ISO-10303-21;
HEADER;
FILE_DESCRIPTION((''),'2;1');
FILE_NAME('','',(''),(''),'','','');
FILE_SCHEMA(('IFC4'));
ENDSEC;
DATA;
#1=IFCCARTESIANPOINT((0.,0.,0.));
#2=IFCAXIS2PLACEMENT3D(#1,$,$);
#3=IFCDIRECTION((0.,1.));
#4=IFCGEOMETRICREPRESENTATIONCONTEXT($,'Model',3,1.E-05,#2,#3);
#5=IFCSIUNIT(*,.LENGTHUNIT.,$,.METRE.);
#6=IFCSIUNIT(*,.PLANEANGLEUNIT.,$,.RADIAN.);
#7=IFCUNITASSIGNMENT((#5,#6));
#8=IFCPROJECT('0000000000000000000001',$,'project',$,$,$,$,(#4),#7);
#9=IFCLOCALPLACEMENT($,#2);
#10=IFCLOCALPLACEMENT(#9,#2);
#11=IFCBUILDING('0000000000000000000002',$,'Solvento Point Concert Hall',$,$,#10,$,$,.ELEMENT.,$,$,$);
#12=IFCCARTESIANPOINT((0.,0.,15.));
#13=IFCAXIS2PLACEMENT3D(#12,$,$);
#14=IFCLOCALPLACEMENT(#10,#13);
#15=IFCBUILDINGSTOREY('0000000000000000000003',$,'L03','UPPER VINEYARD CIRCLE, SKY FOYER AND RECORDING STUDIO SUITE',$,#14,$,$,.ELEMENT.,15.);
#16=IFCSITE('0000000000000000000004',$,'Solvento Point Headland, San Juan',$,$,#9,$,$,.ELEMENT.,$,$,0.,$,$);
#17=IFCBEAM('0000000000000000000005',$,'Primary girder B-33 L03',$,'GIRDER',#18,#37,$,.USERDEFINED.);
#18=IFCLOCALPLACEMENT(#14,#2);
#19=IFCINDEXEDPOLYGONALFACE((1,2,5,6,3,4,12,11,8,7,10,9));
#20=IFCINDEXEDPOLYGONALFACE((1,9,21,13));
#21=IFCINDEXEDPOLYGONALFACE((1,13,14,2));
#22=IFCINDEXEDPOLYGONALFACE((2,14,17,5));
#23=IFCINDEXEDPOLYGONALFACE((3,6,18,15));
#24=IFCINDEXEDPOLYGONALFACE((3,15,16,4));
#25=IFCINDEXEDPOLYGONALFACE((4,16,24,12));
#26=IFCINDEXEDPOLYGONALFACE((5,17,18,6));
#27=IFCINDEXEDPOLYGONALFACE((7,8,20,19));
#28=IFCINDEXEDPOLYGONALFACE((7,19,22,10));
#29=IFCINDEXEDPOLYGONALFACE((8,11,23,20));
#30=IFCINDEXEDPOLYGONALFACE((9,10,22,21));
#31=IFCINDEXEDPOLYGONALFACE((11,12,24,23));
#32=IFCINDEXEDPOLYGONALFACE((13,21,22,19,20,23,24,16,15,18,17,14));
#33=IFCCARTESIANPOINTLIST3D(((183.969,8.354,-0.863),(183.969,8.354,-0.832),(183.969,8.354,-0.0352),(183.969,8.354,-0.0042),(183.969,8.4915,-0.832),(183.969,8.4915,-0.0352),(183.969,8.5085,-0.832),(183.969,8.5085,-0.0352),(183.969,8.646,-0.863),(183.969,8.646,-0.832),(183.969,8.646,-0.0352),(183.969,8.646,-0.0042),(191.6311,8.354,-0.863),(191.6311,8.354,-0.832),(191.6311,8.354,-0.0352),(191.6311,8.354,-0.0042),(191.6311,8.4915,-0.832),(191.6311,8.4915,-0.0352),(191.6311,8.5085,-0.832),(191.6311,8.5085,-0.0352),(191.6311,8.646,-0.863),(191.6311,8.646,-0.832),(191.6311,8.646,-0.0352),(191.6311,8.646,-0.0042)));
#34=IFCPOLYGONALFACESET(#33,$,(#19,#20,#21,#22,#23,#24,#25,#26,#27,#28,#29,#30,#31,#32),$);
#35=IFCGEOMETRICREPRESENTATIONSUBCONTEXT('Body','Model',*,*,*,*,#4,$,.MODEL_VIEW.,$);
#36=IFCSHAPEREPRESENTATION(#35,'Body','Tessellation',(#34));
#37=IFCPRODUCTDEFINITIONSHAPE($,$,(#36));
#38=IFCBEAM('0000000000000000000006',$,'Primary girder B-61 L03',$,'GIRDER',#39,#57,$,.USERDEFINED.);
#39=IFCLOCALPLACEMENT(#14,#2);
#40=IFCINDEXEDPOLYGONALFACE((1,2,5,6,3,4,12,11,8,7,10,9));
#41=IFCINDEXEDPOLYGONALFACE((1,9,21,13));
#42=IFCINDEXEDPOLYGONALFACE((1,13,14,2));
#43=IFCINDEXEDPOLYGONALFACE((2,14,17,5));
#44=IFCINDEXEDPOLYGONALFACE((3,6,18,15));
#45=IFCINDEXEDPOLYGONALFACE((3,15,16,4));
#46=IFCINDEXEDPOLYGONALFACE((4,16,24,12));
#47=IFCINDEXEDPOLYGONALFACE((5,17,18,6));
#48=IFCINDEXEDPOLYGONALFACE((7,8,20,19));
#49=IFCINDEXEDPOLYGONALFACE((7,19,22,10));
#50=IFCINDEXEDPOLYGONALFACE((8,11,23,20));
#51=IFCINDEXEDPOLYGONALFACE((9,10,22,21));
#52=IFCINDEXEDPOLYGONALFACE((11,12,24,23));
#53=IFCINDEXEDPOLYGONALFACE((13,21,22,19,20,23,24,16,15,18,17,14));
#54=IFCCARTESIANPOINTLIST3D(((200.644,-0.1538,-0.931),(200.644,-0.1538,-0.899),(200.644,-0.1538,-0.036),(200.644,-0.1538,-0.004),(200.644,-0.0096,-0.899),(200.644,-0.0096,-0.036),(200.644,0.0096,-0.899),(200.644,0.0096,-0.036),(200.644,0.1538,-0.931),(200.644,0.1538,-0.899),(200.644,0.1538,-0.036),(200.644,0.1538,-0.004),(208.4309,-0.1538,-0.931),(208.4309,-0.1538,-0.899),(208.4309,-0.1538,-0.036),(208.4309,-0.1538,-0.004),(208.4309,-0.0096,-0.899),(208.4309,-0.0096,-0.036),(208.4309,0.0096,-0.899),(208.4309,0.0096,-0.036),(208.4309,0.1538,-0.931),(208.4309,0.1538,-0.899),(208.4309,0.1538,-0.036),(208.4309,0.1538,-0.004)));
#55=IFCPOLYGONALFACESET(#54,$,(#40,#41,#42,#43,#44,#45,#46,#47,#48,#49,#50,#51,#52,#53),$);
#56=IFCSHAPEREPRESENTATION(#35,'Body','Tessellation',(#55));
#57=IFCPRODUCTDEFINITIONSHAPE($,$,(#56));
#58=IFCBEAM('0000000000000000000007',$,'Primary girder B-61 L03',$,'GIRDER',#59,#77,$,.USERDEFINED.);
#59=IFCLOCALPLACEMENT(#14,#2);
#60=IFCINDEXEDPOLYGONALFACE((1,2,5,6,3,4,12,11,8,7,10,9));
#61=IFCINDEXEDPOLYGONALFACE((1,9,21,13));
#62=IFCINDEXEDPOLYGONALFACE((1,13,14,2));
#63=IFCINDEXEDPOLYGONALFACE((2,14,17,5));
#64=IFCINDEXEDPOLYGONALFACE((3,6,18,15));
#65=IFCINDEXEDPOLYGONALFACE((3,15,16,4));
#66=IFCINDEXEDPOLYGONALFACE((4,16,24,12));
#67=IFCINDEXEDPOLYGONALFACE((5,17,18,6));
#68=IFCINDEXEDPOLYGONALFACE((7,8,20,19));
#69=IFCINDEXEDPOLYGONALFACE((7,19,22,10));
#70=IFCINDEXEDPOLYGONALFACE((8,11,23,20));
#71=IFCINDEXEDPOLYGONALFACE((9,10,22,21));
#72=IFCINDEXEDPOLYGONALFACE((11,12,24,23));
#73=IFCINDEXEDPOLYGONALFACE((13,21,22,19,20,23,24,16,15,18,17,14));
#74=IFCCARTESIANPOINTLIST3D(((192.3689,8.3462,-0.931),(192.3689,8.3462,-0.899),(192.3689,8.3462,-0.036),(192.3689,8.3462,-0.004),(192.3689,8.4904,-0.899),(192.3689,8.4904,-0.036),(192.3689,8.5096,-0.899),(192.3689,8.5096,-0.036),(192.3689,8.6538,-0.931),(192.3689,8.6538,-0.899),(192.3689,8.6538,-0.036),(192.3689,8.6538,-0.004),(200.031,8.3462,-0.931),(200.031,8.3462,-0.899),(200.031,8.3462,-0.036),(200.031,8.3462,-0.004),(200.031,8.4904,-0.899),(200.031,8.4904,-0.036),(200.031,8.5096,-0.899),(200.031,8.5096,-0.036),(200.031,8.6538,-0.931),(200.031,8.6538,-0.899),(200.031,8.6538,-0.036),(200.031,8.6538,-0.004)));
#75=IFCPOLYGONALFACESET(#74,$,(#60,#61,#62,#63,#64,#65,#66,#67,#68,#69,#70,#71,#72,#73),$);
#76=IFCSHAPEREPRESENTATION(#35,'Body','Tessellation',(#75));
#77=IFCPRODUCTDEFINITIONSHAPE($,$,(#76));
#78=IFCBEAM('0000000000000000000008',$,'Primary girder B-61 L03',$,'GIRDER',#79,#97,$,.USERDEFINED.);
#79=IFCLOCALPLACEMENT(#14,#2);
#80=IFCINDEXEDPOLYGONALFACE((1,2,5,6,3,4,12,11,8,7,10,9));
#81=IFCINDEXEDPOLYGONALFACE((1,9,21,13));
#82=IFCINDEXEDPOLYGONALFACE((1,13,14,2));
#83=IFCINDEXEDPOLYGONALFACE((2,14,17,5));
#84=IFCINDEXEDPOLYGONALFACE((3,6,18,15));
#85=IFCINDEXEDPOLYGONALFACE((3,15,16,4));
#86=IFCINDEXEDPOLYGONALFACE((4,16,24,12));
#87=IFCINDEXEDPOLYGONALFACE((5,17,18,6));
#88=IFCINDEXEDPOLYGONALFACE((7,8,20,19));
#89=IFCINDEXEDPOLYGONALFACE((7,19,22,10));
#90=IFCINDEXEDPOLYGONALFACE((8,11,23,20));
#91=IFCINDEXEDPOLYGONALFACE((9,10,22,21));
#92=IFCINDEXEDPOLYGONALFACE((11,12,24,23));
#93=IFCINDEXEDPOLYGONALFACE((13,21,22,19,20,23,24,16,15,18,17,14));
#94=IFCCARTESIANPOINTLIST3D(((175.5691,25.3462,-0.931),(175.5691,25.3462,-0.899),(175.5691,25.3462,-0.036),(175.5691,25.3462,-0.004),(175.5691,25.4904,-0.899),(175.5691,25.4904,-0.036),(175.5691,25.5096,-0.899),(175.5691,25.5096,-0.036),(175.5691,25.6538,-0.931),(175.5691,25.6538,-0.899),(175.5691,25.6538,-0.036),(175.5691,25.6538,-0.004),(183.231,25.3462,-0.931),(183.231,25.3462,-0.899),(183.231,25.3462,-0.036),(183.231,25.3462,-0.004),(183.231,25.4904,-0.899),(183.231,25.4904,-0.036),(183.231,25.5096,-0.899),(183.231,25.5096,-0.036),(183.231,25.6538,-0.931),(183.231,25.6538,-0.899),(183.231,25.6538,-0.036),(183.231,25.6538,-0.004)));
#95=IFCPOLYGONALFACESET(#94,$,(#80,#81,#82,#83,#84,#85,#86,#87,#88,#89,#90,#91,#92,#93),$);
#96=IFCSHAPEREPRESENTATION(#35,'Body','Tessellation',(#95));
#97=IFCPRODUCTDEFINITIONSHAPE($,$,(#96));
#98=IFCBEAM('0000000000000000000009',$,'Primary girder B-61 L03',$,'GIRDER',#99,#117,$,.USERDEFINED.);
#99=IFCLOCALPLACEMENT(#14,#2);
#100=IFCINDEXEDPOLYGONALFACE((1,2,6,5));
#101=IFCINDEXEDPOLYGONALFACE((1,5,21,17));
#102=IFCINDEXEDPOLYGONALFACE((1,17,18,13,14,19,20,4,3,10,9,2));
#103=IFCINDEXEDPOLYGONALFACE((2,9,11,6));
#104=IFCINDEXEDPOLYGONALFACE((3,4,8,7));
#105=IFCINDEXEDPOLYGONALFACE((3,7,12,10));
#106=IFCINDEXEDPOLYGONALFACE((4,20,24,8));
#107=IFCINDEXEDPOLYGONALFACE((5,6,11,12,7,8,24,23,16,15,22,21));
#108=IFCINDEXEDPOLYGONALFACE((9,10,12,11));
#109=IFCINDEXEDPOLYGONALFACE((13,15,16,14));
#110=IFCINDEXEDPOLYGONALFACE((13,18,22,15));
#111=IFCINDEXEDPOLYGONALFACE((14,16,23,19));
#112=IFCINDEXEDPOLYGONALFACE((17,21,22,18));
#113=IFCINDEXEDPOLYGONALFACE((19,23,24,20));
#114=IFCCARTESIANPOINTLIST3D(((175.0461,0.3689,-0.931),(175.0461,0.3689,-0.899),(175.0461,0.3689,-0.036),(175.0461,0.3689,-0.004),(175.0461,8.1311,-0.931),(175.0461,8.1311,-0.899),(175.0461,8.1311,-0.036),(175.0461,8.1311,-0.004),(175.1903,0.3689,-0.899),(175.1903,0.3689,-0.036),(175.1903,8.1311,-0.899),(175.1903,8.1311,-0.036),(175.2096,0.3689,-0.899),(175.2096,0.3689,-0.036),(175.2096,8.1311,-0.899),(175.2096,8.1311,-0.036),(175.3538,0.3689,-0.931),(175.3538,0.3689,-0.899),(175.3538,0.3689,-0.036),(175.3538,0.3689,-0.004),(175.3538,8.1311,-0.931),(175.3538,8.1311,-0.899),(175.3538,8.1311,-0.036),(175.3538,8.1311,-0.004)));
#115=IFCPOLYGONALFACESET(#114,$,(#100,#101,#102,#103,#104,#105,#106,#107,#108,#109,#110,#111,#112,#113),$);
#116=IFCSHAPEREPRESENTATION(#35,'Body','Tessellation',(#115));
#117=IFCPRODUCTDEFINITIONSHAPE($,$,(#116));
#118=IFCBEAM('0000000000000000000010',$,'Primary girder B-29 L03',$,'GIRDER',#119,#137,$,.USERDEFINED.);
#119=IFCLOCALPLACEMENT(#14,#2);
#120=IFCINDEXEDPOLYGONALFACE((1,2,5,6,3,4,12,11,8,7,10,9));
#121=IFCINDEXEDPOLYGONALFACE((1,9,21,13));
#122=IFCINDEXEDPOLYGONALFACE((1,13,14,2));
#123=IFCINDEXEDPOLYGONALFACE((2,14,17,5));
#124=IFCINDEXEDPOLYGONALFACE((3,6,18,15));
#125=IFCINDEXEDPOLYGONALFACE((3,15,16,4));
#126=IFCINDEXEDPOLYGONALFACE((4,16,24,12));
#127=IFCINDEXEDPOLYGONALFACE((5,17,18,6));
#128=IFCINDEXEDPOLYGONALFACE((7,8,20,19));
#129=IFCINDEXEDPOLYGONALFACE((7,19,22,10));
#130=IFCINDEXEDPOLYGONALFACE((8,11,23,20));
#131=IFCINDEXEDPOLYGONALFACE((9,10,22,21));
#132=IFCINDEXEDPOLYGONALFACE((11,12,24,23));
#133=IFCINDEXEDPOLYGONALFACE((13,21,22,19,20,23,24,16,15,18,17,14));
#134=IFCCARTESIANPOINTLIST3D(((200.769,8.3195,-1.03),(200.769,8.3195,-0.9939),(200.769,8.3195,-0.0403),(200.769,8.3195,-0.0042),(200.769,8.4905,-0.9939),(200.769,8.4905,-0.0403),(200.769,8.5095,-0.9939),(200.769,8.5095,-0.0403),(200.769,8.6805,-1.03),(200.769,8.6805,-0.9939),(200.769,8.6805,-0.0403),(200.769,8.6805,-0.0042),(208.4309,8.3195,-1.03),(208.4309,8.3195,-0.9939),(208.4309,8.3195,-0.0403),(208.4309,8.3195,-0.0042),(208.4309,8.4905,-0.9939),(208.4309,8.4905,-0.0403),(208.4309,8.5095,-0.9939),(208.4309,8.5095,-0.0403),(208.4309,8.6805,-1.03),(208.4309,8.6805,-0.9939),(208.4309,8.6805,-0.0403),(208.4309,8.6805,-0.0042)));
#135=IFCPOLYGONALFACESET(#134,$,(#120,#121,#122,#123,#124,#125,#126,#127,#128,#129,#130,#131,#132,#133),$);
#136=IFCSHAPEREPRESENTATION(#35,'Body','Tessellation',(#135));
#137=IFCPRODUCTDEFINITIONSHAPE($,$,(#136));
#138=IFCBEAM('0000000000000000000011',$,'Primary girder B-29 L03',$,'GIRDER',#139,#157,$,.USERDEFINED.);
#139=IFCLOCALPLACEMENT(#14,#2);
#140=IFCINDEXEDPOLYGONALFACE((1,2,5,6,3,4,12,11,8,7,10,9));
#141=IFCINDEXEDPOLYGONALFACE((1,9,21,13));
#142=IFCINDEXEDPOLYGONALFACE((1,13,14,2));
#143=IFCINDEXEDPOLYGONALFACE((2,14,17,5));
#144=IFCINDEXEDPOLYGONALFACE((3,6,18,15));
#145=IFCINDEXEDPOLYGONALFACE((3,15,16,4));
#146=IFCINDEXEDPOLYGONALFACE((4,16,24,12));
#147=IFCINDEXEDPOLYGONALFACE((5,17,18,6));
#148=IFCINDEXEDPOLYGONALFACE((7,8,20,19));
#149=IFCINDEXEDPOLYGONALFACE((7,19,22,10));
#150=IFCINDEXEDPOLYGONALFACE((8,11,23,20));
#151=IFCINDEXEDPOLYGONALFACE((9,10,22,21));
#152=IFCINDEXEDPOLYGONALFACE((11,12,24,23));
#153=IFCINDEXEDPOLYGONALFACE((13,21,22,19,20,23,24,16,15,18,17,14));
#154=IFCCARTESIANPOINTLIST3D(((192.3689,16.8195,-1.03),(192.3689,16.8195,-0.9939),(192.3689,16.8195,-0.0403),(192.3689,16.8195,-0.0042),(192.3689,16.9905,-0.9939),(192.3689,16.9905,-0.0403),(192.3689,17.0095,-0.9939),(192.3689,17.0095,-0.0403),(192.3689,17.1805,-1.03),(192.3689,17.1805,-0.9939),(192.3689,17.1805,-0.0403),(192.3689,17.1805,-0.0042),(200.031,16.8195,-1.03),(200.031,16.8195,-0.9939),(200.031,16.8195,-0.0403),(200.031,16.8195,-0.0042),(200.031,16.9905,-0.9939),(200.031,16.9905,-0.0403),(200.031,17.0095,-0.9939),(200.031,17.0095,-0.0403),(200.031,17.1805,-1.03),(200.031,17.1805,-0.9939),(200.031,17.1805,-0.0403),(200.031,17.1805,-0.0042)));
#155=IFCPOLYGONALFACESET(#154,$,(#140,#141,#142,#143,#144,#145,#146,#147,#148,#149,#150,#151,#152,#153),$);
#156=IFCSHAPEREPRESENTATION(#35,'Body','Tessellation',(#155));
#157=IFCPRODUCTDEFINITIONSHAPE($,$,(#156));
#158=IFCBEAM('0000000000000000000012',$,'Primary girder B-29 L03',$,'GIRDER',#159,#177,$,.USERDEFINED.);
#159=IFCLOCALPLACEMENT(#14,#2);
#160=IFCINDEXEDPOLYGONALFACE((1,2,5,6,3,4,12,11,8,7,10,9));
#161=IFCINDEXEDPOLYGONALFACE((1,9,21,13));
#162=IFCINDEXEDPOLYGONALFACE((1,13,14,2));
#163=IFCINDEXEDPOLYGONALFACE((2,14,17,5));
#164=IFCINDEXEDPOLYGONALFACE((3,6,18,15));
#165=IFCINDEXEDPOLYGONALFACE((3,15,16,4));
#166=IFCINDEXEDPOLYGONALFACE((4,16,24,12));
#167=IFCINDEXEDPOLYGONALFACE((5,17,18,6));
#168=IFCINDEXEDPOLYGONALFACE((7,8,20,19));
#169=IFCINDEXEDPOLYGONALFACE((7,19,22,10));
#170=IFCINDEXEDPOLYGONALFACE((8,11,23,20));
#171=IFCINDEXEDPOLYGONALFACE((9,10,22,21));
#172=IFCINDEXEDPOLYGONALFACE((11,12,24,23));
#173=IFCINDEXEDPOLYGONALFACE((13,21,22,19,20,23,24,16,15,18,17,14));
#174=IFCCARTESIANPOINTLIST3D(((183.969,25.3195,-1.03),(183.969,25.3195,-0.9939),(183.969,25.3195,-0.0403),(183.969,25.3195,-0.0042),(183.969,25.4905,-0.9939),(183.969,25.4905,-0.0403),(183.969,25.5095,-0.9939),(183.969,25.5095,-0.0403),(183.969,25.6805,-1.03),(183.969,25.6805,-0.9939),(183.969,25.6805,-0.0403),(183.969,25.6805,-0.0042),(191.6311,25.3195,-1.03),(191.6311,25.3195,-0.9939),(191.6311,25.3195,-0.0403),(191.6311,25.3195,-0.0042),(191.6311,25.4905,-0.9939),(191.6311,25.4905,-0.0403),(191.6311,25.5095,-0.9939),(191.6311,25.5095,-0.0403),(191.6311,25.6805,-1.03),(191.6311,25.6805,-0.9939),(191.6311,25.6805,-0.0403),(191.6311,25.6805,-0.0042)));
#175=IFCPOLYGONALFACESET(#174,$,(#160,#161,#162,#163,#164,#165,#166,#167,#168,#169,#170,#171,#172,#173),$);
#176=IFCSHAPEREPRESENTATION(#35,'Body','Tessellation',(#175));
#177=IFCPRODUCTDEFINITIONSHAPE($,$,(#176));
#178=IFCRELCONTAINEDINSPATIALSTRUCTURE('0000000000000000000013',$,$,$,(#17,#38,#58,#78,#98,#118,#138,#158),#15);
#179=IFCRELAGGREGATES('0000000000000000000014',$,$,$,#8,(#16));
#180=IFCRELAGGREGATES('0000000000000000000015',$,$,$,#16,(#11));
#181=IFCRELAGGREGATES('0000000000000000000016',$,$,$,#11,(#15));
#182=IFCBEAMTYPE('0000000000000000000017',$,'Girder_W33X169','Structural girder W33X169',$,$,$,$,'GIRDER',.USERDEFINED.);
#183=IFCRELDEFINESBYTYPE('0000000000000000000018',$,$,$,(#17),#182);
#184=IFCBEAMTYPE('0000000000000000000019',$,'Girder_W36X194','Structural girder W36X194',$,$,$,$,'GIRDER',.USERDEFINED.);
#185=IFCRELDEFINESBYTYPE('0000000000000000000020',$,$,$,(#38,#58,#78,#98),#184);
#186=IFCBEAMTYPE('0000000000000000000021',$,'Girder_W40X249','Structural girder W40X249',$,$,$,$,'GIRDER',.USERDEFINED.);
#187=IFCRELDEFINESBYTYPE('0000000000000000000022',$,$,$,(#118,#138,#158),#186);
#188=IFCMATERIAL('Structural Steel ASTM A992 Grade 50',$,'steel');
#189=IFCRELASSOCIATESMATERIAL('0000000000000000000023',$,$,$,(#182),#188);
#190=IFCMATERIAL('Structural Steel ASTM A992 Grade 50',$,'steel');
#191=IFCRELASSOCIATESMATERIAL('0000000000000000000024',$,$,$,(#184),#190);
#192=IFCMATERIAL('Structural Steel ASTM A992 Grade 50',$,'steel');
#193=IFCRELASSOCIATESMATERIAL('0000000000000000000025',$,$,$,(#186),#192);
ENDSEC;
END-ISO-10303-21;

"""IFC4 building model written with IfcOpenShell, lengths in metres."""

from ifc_helpers import new_model, si_unit, direction, frame, origin, origin_2d, place, context, subcontext, project, spatial, i_section, extrude, material, material_profile, profile_set, type_object, element, save


model = new_model("IFC4")

# Units and contexts
model_context = context("Model", 3, precision=1e-05, world=origin(), true_north=direction((0.0, 1.0)))
body_context = subcontext(model_context, "Body", "Model", "MODEL_VIEW")
ifc_project = project(units=[si_unit("LENGTHUNIT", "METRE"), si_unit("PLANEANGLEUNIT", "RADIAN")], contexts=[model_context])

# Site, building, storey
site_placement = place(None, origin())
site = spatial("IfcSite", under=ifc_project, at=site_placement, Name="Solvento Point Headland, San Juan", CompositionType="ELEMENT", RefElevation=0.0)
building_placement = place(site_placement, origin())
building = spatial("IfcBuilding", under=site, at=building_placement, Name="Solvento Point Concert Hall", CompositionType="ELEMENT")
storey_placement = place(building_placement, frame((0.0, 0.0, 15.0)))
storey = spatial("IfcBuildingStorey", under=building, at=storey_placement, Name="L03", Description="UPPER VINEYARD CIRCLE, SKY FOYER AND RECORDING STUDIO SUITE", CompositionType="ELEMENT", Elevation=15.0)

# Beams
ifc_material_1 = material(Name="Structural Steel ASTM A992 Grade 50", Category="steel")
ifc_material_profile_1 = material_profile(ifc_material_1, i_section(OverallWidth=0.292, OverallDepth=0.8589, WebThickness=0.0171, FlangeThickness=0.031, at=origin_2d()), Name="W33X169")
ifc_profile_set_1 = profile_set([ifc_material_profile_1], Name="Structural Steel ASTM A992 Grade 50")
beam_type_1 = type_object("IfcBeamType", Name="Girder_W33X169", Description="Structural girder W33X169", ElementType="GIRDER", PredefinedType="USERDEFINED", material=ifc_profile_set_1)
beam_1_placement = place(storey_placement, frame((183.969, 8.5, -0.4336), z_axis=(1.0, 0.0, 0.0), x_axis=(0.0, 1.0, 0.0)))
element("IfcBeam", 1, at=beam_1_placement, inside=storey, type_object=beam_type_1, Name="Primary girder B-33 L03", ObjectType="GIRDER", PredefinedType="USERDEFINED", context=body_context, shape_type="SweptSolid", body=[
    extrude(i_section(OverallWidth=0.292, OverallDepth=0.8589, WebThickness=0.0171, FlangeThickness=0.031, at=origin_2d()), origin(), (0.0, 0.0, 1.0), 7.6621),
])
ifc_material_2 = material(Name="Structural Steel ASTM A992 Grade 50", Category="steel")
ifc_material_profile_2 = material_profile(ifc_material_2, i_section(OverallWidth=0.3076, OverallDepth=0.927, WebThickness=0.0193, FlangeThickness=0.032, at=origin_2d()), Name="W36X194")
ifc_profile_set_2 = profile_set([ifc_material_profile_2], Name="Structural Steel ASTM A992 Grade 50")
beam_type_2 = type_object("IfcBeamType", Name="Girder_W36X194", Description="Structural girder W36X194", ElementType="GIRDER", PredefinedType="USERDEFINED", material=ifc_profile_set_2)
beam_2_placement = place(storey_placement, frame((200.644, 0.0, -0.4675), z_axis=(1.0, 0.0, 0.0), x_axis=(0.0, 1.0, 0.0)))
element("IfcBeam", 2, at=beam_2_placement, inside=storey, type_object=beam_type_2, Name="Primary girder B-61 L03", ObjectType="GIRDER", PredefinedType="USERDEFINED", context=body_context, shape_type="SweptSolid", body=[
    extrude(i_section(OverallWidth=0.3076, OverallDepth=0.927, WebThickness=0.0193, FlangeThickness=0.032, at=origin_2d()), origin(), (0.0, 0.0, 1.0), 7.7869),
])
beam_3_placement = place(storey_placement, frame((192.3689, 8.5, -0.4675), z_axis=(1.0, 0.0, 0.0), x_axis=(0.0, 1.0, 0.0)))
element("IfcBeam", 3, at=beam_3_placement, inside=storey, type_object=beam_type_2, Name="Primary girder B-61 L03", ObjectType="GIRDER", PredefinedType="USERDEFINED", context=body_context, shape_type="SweptSolid", body=[
    extrude(i_section(OverallWidth=0.3076, OverallDepth=0.927, WebThickness=0.0193, FlangeThickness=0.032, at=origin_2d()), origin(), (0.0, 0.0, 1.0), 7.6621),
])
beam_4_placement = place(storey_placement, frame((175.5691, 25.5, -0.4675), z_axis=(1.0, 0.0, 0.0), x_axis=(0.0, 1.0, 0.0)))
element("IfcBeam", 4, at=beam_4_placement, inside=storey, type_object=beam_type_2, Name="Primary girder B-61 L03", ObjectType="GIRDER", PredefinedType="USERDEFINED", context=body_context, shape_type="SweptSolid", body=[
    extrude(i_section(OverallWidth=0.3076, OverallDepth=0.927, WebThickness=0.0193, FlangeThickness=0.032, at=origin_2d()), origin(), (0.0, 0.0, 1.0), 7.6619),
])
beam_5_placement = place(storey_placement, frame((175.2, 0.3689, -0.4675), z_axis=(0.0, 1.0, 0.0), x_axis=(-1.0, 0.0, 0.0)))
element("IfcBeam", 5, at=beam_5_placement, inside=storey, type_object=beam_type_2, Name="Primary girder B-61 L03", ObjectType="GIRDER", PredefinedType="USERDEFINED", context=body_context, shape_type="SweptSolid", body=[
    extrude(i_section(OverallWidth=0.3076, OverallDepth=0.927, WebThickness=0.0193, FlangeThickness=0.032, at=origin_2d()), origin(), (0.0, 0.0, 1.0), 7.7622),
])
ifc_material_3 = material(Name="Structural Steel ASTM A992 Grade 50", Category="steel")
ifc_material_profile_3 = material_profile(ifc_material_3, i_section(OverallWidth=0.3611, OverallDepth=1.0259, WebThickness=0.019, FlangeThickness=0.0361, at=origin_2d()), Name="W40X249")
ifc_profile_set_3 = profile_set([ifc_material_profile_3], Name="Structural Steel ASTM A992 Grade 50")
beam_type_3 = type_object("IfcBeamType", Name="Girder_W40X249", Description="Structural girder W40X249", ElementType="GIRDER", PredefinedType="USERDEFINED", material=ifc_profile_set_3)
beam_6_placement = place(storey_placement, frame((200.769, 8.5, -0.5171), z_axis=(1.0, 0.0, 0.0), x_axis=(0.0, 1.0, 0.0)))
element("IfcBeam", 6, at=beam_6_placement, inside=storey, type_object=beam_type_3, Name="Primary girder B-29 L03", ObjectType="GIRDER", PredefinedType="USERDEFINED", context=body_context, shape_type="SweptSolid", body=[
    extrude(i_section(OverallWidth=0.3611, OverallDepth=1.0259, WebThickness=0.019, FlangeThickness=0.0361, at=origin_2d()), origin(), (0.0, 0.0, 1.0), 7.6619),
])
for number, where, z_axis, x_axis, name in (
    (7, (192.3689, 17.0, -0.5171), (1.0, 0.0, 0.0), (0.0, 1.0, 0.0), "Primary girder B-29 L03"),
    (8, (183.969, 25.5, -0.5171), (1.0, 0.0, 0.0), (0.0, 1.0, 0.0), "Primary girder B-29 L03"),
):
    element("IfcBeam", number, at=place(storey_placement, frame(where, z_axis=z_axis, x_axis=x_axis)), inside=storey, type_object=beam_type_3, Name=name, ObjectType="GIRDER", PredefinedType="USERDEFINED", context=body_context, shape_type="SweptSolid", body=[
        extrude(i_section(OverallWidth=0.3611, OverallDepth=1.0259, WebThickness=0.019, FlangeThickness=0.0361, at=origin_2d()), origin(), (0.0, 0.0, 1.0), 7.6621),
    ])

save(model, "model.ifc")
